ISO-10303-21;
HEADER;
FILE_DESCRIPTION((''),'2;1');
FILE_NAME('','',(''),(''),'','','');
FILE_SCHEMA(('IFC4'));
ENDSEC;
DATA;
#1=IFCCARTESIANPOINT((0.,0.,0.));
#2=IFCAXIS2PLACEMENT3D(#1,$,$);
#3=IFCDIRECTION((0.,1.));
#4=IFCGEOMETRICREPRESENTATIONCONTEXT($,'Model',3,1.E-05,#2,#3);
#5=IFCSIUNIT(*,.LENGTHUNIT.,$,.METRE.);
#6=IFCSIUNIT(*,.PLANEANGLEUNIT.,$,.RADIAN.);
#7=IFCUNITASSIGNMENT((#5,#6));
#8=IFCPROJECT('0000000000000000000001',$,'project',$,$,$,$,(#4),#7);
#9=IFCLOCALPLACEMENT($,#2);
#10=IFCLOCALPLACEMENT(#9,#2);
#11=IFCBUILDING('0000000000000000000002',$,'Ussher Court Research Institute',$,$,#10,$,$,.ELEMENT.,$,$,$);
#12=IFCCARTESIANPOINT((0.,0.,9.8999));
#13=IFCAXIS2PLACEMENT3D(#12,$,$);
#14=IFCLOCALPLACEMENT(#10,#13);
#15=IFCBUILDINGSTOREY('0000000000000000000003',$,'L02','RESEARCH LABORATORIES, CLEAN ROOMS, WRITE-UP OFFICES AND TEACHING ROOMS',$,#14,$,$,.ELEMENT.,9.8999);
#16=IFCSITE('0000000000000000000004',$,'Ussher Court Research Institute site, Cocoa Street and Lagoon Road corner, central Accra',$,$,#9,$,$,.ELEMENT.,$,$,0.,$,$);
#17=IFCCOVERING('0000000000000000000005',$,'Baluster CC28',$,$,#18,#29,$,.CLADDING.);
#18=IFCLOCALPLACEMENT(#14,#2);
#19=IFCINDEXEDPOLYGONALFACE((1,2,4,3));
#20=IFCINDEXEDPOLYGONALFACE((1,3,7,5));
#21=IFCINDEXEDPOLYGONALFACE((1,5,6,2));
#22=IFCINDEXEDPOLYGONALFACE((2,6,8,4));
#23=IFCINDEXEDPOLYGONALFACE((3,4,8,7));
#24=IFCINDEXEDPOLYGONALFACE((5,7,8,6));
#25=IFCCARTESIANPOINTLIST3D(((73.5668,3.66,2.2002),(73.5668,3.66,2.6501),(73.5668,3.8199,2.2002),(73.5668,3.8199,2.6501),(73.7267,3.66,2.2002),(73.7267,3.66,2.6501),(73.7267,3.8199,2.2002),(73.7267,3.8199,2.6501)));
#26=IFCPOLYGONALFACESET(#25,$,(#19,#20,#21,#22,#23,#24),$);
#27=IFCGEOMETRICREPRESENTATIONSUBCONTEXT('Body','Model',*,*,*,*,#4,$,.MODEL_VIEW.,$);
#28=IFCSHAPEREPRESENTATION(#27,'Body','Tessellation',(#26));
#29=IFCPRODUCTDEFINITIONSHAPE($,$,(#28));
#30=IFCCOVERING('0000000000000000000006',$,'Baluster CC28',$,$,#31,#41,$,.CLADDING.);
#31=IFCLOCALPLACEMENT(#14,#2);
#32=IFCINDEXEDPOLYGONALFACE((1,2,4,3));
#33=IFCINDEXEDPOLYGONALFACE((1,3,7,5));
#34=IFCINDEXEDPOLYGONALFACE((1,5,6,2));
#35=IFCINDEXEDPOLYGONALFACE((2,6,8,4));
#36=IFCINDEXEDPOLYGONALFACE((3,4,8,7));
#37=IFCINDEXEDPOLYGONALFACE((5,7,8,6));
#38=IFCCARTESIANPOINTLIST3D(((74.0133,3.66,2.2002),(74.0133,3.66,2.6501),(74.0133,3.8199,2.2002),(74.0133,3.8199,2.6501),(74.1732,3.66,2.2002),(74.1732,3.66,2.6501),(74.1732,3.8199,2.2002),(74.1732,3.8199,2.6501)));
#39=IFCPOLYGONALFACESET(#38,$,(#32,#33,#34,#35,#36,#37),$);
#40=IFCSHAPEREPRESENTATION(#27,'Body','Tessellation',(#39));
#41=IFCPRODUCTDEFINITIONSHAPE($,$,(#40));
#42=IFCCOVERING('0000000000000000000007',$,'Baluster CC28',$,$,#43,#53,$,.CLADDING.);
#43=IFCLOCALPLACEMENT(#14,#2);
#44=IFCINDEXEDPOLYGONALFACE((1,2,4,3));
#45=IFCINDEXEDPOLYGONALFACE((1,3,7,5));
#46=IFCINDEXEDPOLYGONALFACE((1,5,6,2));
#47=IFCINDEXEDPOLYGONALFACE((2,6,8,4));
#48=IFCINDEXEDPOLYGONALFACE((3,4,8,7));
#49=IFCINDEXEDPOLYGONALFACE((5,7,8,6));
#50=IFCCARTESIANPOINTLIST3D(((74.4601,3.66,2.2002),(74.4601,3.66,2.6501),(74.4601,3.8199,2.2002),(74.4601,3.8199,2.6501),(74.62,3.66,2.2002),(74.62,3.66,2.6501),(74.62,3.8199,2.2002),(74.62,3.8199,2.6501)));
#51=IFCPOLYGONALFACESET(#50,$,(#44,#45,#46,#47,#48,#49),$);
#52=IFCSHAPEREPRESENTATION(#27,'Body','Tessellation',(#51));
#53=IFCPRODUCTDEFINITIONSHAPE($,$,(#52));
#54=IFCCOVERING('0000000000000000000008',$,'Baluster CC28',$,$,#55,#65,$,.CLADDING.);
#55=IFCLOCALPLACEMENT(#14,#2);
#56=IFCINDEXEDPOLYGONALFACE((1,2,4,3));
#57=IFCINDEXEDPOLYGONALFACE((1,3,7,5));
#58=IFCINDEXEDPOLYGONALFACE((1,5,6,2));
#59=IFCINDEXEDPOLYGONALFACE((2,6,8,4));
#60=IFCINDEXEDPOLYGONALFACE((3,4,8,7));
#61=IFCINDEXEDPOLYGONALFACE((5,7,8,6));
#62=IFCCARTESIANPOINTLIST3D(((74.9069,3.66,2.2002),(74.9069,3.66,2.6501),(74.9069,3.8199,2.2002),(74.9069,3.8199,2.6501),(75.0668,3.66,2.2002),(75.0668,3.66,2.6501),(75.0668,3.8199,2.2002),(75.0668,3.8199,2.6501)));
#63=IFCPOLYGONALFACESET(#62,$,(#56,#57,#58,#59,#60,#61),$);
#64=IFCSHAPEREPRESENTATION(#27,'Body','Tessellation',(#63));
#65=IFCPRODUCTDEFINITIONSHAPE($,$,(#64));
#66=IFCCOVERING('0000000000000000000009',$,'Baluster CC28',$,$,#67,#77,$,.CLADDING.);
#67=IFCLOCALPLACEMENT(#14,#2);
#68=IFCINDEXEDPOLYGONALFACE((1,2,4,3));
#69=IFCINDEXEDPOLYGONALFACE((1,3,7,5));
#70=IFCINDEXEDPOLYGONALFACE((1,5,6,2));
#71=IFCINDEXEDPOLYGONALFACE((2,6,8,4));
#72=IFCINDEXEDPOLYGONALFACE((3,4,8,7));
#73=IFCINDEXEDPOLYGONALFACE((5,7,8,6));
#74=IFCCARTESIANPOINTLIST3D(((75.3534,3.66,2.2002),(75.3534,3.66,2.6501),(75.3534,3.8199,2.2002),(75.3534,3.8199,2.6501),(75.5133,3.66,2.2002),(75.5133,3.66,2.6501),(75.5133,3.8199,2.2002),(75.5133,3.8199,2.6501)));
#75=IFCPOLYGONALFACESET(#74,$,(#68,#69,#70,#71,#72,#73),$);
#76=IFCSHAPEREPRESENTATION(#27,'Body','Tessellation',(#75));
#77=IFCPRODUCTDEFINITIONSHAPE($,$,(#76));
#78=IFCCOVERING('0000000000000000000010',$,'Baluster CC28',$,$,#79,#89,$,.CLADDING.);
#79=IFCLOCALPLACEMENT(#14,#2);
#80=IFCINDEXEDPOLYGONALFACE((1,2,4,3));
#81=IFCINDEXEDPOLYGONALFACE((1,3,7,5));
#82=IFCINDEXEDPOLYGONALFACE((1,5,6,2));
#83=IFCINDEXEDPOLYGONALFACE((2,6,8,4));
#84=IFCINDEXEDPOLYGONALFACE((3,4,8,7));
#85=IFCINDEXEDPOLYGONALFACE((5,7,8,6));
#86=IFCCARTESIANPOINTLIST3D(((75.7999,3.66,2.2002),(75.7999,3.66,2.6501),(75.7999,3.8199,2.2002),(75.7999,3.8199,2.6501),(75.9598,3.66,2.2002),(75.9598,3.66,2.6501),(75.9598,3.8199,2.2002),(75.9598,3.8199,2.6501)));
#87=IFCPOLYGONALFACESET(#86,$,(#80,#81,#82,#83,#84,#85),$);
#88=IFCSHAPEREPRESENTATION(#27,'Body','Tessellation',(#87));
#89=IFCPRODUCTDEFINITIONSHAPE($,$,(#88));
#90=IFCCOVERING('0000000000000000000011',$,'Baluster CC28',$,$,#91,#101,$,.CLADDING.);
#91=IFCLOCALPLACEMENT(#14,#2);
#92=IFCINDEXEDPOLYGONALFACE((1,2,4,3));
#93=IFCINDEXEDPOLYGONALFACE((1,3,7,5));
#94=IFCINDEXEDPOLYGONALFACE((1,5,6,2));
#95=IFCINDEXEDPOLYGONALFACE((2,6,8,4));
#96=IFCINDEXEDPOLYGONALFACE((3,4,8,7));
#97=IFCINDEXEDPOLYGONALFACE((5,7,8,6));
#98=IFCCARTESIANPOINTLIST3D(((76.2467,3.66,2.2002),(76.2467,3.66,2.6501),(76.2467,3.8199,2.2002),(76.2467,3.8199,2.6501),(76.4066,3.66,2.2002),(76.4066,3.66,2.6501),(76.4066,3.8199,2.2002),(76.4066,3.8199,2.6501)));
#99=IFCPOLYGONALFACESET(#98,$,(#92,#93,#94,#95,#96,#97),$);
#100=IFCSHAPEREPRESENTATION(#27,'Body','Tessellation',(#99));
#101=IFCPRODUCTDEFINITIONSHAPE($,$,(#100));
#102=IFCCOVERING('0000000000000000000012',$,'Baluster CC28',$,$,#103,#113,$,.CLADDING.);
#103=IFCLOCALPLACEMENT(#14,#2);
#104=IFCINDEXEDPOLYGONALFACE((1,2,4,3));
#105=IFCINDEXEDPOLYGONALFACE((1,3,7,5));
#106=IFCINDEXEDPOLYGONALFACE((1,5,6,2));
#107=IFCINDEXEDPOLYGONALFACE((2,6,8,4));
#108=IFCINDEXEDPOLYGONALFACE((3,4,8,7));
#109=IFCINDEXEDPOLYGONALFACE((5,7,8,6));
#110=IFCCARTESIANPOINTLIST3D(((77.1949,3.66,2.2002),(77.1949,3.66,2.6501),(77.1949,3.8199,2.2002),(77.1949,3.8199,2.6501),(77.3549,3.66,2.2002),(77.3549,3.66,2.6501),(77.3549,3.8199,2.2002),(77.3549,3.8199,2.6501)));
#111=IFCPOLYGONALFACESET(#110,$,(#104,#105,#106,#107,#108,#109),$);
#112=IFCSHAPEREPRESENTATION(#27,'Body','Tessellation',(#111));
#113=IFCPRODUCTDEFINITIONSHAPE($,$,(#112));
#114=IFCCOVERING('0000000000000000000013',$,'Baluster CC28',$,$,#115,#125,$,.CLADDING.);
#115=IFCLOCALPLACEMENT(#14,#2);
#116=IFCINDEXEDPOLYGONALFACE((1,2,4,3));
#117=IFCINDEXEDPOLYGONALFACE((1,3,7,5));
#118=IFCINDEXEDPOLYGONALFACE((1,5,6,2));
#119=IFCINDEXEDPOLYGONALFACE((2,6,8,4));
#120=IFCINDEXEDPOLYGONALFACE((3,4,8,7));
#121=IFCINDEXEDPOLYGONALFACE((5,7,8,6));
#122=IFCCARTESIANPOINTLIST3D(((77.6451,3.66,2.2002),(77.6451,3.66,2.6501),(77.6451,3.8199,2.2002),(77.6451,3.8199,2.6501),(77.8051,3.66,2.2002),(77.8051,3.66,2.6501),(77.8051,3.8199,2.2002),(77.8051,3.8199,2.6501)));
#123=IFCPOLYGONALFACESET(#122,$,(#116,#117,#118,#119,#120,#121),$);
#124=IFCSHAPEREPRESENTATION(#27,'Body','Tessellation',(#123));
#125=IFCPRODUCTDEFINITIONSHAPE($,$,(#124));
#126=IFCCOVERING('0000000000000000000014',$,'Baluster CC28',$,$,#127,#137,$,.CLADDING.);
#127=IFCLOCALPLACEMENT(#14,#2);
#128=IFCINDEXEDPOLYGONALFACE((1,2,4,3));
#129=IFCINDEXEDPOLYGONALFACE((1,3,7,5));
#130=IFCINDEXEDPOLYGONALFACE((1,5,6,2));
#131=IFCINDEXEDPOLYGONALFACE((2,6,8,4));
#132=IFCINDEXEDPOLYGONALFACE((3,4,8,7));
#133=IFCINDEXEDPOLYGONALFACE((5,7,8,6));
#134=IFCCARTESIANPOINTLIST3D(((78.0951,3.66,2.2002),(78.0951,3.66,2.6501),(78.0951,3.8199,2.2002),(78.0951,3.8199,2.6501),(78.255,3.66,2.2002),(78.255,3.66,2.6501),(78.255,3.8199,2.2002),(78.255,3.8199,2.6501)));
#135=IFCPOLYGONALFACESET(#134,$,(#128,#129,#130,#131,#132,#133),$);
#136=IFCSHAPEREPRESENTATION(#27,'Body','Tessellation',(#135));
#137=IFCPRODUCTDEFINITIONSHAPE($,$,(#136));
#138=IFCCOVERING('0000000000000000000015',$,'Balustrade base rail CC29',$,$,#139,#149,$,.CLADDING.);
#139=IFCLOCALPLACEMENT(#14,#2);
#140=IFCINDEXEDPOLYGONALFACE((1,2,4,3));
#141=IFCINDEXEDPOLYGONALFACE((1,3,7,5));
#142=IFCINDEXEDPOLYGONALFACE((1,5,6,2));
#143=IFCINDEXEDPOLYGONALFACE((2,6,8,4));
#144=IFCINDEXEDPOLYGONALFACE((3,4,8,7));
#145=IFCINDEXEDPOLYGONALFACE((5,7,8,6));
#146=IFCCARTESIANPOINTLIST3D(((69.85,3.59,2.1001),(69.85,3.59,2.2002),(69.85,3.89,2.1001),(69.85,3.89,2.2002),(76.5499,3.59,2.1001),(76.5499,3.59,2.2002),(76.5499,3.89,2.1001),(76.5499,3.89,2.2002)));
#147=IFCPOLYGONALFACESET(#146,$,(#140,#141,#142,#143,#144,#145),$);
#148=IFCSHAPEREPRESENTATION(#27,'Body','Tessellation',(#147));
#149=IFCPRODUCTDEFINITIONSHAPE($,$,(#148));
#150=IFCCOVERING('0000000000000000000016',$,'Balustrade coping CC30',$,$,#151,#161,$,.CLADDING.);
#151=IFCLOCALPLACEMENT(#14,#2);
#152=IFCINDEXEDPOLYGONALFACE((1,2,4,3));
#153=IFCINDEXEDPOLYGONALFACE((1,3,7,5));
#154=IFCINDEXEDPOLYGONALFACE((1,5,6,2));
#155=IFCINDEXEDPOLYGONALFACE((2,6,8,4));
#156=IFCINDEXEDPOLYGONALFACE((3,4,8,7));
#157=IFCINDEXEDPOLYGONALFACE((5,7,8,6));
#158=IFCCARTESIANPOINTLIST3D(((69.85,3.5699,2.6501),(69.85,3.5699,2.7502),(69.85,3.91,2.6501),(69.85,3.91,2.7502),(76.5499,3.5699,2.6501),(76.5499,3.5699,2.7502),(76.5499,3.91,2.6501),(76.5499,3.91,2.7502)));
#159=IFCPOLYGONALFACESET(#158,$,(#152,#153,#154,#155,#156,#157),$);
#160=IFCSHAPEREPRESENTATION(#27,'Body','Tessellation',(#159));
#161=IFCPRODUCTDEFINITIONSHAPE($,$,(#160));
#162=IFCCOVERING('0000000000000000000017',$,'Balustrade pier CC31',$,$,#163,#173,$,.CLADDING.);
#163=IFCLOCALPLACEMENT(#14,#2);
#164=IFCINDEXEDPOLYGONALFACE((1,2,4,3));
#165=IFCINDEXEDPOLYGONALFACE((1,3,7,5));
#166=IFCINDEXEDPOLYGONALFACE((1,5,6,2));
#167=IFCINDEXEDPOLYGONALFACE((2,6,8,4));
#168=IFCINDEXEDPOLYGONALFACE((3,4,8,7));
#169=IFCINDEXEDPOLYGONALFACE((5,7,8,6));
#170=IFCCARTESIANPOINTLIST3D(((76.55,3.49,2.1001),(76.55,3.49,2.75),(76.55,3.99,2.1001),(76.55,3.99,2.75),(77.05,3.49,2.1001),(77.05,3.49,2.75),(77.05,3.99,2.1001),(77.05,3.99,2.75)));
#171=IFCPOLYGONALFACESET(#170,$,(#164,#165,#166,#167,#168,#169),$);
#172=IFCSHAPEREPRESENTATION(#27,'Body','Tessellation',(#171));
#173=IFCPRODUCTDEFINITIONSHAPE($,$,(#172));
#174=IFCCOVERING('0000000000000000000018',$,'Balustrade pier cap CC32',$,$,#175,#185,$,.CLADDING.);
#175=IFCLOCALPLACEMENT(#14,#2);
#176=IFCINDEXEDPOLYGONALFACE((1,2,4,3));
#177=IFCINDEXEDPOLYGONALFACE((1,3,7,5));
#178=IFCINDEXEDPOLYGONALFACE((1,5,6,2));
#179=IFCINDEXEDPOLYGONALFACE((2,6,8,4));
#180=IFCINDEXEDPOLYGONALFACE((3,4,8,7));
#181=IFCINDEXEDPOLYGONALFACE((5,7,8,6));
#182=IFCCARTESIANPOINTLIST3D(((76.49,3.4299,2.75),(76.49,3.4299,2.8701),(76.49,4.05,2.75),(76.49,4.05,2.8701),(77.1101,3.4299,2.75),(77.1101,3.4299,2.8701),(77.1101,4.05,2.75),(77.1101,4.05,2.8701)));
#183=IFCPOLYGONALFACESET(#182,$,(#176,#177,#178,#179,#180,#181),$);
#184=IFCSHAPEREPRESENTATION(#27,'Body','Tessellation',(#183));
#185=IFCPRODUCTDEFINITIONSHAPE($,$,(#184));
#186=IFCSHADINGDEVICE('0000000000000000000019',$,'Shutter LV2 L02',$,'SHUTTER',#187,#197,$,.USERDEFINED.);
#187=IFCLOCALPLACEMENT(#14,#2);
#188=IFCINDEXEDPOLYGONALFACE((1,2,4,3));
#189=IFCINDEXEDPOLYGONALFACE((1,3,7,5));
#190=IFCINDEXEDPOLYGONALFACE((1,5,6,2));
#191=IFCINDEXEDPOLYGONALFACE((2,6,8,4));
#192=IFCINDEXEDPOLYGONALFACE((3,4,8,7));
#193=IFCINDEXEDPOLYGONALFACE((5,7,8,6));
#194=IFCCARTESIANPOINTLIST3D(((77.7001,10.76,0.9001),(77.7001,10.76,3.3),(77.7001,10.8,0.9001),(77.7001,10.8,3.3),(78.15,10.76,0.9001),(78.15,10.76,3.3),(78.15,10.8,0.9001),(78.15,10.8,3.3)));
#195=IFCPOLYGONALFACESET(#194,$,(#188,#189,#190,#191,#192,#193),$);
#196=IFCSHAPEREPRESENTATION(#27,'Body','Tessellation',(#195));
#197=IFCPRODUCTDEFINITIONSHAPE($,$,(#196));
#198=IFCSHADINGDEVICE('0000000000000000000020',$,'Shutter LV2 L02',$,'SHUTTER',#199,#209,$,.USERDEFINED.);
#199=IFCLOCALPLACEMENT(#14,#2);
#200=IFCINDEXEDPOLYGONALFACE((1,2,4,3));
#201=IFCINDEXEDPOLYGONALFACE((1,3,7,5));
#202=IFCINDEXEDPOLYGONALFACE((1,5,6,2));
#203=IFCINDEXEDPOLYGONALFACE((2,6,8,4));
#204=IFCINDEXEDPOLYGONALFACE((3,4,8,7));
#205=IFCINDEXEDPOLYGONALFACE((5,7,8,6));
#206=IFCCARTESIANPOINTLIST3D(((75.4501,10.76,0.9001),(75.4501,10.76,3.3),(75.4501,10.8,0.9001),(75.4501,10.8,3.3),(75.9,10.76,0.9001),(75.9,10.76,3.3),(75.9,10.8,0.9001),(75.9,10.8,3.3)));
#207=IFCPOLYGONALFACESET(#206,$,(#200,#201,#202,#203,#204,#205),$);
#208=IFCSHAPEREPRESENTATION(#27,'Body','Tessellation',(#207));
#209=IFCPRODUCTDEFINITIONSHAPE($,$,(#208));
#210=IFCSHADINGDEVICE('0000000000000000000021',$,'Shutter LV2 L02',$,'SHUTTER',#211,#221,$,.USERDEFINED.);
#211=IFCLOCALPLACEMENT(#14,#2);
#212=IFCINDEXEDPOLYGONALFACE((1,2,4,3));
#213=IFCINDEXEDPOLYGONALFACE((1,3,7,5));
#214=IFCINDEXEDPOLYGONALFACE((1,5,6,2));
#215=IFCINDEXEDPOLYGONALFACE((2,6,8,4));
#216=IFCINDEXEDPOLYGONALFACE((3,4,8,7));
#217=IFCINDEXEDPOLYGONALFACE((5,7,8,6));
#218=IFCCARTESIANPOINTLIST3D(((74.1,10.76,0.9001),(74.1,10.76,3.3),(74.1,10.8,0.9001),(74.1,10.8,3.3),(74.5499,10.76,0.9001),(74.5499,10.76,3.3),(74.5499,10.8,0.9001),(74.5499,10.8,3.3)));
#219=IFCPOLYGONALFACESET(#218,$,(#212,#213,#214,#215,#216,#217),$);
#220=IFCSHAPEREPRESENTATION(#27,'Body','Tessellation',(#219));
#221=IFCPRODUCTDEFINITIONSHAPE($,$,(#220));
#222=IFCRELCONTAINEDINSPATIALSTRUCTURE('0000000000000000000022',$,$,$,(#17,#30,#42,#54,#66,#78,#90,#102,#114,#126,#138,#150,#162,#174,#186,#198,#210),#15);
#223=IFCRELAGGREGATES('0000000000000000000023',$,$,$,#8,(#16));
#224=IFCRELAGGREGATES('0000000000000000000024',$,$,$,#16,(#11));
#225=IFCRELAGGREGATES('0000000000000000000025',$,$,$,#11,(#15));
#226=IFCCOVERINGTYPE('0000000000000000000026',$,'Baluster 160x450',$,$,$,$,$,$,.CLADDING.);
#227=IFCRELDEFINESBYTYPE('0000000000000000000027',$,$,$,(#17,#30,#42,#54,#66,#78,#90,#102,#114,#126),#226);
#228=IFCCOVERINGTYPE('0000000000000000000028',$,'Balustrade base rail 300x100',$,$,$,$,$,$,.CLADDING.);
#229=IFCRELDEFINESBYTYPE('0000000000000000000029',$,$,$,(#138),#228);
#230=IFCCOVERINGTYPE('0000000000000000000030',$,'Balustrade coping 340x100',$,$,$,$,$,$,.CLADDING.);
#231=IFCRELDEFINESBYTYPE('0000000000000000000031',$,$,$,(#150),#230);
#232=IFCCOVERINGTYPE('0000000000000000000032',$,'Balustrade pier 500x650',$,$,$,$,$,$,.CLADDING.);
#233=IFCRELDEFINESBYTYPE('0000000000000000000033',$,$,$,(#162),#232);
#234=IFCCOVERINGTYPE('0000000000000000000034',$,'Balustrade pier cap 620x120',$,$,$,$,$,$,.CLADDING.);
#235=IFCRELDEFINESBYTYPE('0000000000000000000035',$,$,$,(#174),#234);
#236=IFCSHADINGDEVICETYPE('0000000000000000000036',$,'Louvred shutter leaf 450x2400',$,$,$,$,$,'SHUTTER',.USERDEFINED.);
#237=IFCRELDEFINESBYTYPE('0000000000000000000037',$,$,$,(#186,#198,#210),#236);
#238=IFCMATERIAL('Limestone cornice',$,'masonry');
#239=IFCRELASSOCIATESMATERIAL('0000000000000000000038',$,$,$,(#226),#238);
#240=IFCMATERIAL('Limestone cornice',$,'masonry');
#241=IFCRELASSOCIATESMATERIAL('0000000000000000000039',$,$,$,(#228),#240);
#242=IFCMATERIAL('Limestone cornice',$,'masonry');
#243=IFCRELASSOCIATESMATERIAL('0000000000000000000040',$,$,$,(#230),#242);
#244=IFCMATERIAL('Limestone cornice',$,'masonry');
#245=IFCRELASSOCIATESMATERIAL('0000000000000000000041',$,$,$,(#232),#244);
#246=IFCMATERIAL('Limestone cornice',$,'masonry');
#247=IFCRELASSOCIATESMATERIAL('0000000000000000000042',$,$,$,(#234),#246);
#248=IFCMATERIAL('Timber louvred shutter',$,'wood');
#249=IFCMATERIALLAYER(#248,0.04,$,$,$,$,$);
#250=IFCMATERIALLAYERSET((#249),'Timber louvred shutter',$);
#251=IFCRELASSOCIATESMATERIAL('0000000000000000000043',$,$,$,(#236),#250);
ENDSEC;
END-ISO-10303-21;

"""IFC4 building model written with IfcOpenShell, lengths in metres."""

from ifc_helpers import new_model, si_unit, direction, frame, origin, origin_2d, place, context, subcontext, project, spatial, rectangle, extrude, material, layer, layer_set, type_object, element, save


model = new_model("IFC4")

# Units and contexts
model_context = context("Model", 3, precision=1e-05, world=origin(), true_north=direction((0.0, 1.0)))
body_context = subcontext(model_context, "Body", "Model", "MODEL_VIEW")
ifc_project = project(units=[si_unit("LENGTHUNIT", "METRE"), si_unit("PLANEANGLEUNIT", "RADIAN")], contexts=[model_context])

# Site, building, storey
site_placement = place(None, origin())
site = spatial("IfcSite", under=ifc_project, at=site_placement, Name="Ussher Court Research Institute site, Cocoa Street and Lagoon Road corner, central Accra", CompositionType="ELEMENT", RefElevation=0.0)
building_placement = place(site_placement, origin())
building = spatial("IfcBuilding", under=site, at=building_placement, Name="Ussher Court Research Institute", CompositionType="ELEMENT")
storey_placement = place(building_placement, frame((0.0, 0.0, 9.8999)))
storey = spatial("IfcBuildingStorey", under=building, at=storey_placement, Name="L02", Description="RESEARCH LABORATORIES, CLEAN ROOMS, WRITE-UP OFFICES AND TEACHING ROOMS", CompositionType="ELEMENT", Elevation=9.8999)

# Coverings
ifc_material_1 = material(Name="Limestone cornice", Category="masonry")
covering_type_1 = type_object("IfcCoveringType", Name="Baluster 160x450", PredefinedType="CLADDING", material=ifc_material_1)
for number, where, z_axis, x_axis, name in (
    (1, (73.6467, 3.74, 2.2002), (0.0, 0.0, 1.0), (1.0, 0.0, 0.0), "Baluster CC28"),
    (2, (74.0933, 3.74, 2.2002), (0.0, 0.0, 1.0), (1.0, 0.0, 0.0), "Baluster CC28"),
    (3, (74.54, 3.74, 2.2002), (0.0, 0.0, 1.0), (1.0, 0.0, 0.0), "Baluster CC28"),
    (4, (74.9868, 3.74, 2.2002), (0.0, 0.0, 1.0), (1.0, 0.0, 0.0), "Baluster CC28"),
    (5, (75.4333, 3.74, 2.2002), (0.0, 0.0, 1.0), (1.0, 0.0, 0.0), "Baluster CC28"),
    (6, (75.8799, 3.74, 2.2002), (0.0, 0.0, 1.0), (1.0, 0.0, 0.0), "Baluster CC28"),
    (7, (76.3267, 3.74, 2.2002), (0.0, 0.0, 1.0), (1.0, 0.0, 0.0), "Baluster CC28"),
    (8, (77.2749, 3.74, 2.2002), (0.0, 0.0, 1.0), (1.0, 0.0, 0.0), "Baluster CC28"),
    (9, (77.7251, 3.74, 2.2002), (0.0, 0.0, 1.0), (1.0, 0.0, 0.0), "Baluster CC28"),
    (10, (78.175, 3.74, 2.2002), (0.0, 0.0, 1.0), (1.0, 0.0, 0.0), "Baluster CC28"),
):
    element("IfcCovering", number, at=place(storey_placement, frame(where, z_axis=z_axis, x_axis=x_axis)), inside=storey, type_object=covering_type_1, Name=name, PredefinedType="CLADDING", context=body_context, shape_type="SweptSolid", body=[
        extrude(rectangle(XDim=0.1599, YDim=0.1599, at=origin_2d()), origin(), (0.0, 0.0, 1.0), 0.45),
    ])
ifc_material_2 = material(Name="Limestone cornice", Category="masonry")
covering_type_2 = type_object("IfcCoveringType", Name="Balustrade base rail 300x100", PredefinedType="CLADDING", material=ifc_material_2)
covering_1_placement = place(storey_placement, frame((73.2, 3.74, 2.1001), z_axis=(0.0, 0.0, 1.0), x_axis=(1.0, 0.0, 0.0)))
element("IfcCovering", 11, at=covering_1_placement, inside=storey, type_object=covering_type_2, Name="Balustrade base rail CC29", PredefinedType="CLADDING", context=body_context, shape_type="SweptSolid", body=[
    extrude(rectangle(XDim=6.7, YDim=0.3, at=origin_2d()), origin(), (0.0, 0.0, 1.0), 0.1001),
])
ifc_material_3 = material(Name="Limestone cornice", Category="masonry")
covering_type_3 = type_object("IfcCoveringType", Name="Balustrade coping 340x100", PredefinedType="CLADDING", material=ifc_material_3)
covering_2_placement = place(storey_placement, frame((73.2, 3.74, 2.6501), z_axis=(0.0, 0.0, 1.0), x_axis=(1.0, 0.0, 0.0)))
element("IfcCovering", 12, at=covering_2_placement, inside=storey, type_object=covering_type_3, Name="Balustrade coping CC30", PredefinedType="CLADDING", context=body_context, shape_type="SweptSolid", body=[
    extrude(rectangle(XDim=6.7, YDim=0.3401, at=origin_2d()), origin(), (0.0, 0.0, 1.0), 0.1001),
])
ifc_material_4 = material(Name="Limestone cornice", Category="masonry")
covering_type_4 = type_object("IfcCoveringType", Name="Balustrade pier 500x650", PredefinedType="CLADDING", material=ifc_material_4)
covering_3_placement = place(storey_placement, frame((76.8, 3.74, 2.1001), z_axis=(0.0, 0.0, 1.0), x_axis=(1.0, 0.0, 0.0)))
element("IfcCovering", 13, at=covering_3_placement, inside=storey, type_object=covering_type_4, Name="Balustrade pier CC31", PredefinedType="CLADDING", context=body_context, shape_type="SweptSolid", body=[
    extrude(rectangle(XDim=0.5, YDim=0.5, at=origin_2d()), origin(), (0.0, 0.0, 1.0), 0.6499),
])
ifc_material_5 = material(Name="Limestone cornice", Category="masonry")
covering_type_5 = type_object("IfcCoveringType", Name="Balustrade pier cap 620x120", PredefinedType="CLADDING", material=ifc_material_5)
covering_4_placement = place(storey_placement, frame((76.8, 3.74, 2.75), z_axis=(0.0, 0.0, 1.0), x_axis=(1.0, 0.0, 0.0)))
element("IfcCovering", 14, at=covering_4_placement, inside=storey, type_object=covering_type_5, Name="Balustrade pier cap CC32", PredefinedType="CLADDING", context=body_context, shape_type="SweptSolid", body=[
    extrude(rectangle(XDim=0.6201, YDim=0.6201, at=origin_2d()), origin(), (0.0, 0.0, 1.0), 0.1201),
])

# Shading devices
ifc_material_6 = material(Name="Timber louvred shutter", Category="wood")
ifc_layer_1 = layer(ifc_material_6, 0.04)
ifc_layer_set_1 = layer_set([ifc_layer_1], Name="Timber louvred shutter")
shading_device_type = type_object("IfcShadingDeviceType", Name="Louvred shutter leaf 450x2400", ElementType="SHUTTER", PredefinedType="USERDEFINED", material=ifc_layer_set_1)
for number, where, z_axis, x_axis, name in (
    (15, (77.925, 10.78, 0.9001), (0.0, 0.0, 1.0), (-1.0, 0.0, 0.0), "Shutter LV2 L02"),
    (16, (75.675, 10.78, 0.9001), (0.0, 0.0, 1.0), (-1.0, 0.0, 0.0), "Shutter LV2 L02"),
    (17, (74.325, 10.78, 0.9001), (0.0, 0.0, 1.0), (-1.0, 0.0, 0.0), "Shutter LV2 L02"),
):
    element("IfcShadingDevice", number, at=place(storey_placement, frame(where, z_axis=z_axis, x_axis=x_axis)), inside=storey, type_object=shading_device_type, Name=name, ObjectType="SHUTTER", PredefinedType="USERDEFINED", context=body_context, shape_type="SweptSolid", body=[
        extrude(rectangle(XDim=0.45, YDim=0.04, at=origin_2d()), origin(), (0.0, 0.0, 1.0), 2.3999),
    ])

save(model, "model.ifc")
